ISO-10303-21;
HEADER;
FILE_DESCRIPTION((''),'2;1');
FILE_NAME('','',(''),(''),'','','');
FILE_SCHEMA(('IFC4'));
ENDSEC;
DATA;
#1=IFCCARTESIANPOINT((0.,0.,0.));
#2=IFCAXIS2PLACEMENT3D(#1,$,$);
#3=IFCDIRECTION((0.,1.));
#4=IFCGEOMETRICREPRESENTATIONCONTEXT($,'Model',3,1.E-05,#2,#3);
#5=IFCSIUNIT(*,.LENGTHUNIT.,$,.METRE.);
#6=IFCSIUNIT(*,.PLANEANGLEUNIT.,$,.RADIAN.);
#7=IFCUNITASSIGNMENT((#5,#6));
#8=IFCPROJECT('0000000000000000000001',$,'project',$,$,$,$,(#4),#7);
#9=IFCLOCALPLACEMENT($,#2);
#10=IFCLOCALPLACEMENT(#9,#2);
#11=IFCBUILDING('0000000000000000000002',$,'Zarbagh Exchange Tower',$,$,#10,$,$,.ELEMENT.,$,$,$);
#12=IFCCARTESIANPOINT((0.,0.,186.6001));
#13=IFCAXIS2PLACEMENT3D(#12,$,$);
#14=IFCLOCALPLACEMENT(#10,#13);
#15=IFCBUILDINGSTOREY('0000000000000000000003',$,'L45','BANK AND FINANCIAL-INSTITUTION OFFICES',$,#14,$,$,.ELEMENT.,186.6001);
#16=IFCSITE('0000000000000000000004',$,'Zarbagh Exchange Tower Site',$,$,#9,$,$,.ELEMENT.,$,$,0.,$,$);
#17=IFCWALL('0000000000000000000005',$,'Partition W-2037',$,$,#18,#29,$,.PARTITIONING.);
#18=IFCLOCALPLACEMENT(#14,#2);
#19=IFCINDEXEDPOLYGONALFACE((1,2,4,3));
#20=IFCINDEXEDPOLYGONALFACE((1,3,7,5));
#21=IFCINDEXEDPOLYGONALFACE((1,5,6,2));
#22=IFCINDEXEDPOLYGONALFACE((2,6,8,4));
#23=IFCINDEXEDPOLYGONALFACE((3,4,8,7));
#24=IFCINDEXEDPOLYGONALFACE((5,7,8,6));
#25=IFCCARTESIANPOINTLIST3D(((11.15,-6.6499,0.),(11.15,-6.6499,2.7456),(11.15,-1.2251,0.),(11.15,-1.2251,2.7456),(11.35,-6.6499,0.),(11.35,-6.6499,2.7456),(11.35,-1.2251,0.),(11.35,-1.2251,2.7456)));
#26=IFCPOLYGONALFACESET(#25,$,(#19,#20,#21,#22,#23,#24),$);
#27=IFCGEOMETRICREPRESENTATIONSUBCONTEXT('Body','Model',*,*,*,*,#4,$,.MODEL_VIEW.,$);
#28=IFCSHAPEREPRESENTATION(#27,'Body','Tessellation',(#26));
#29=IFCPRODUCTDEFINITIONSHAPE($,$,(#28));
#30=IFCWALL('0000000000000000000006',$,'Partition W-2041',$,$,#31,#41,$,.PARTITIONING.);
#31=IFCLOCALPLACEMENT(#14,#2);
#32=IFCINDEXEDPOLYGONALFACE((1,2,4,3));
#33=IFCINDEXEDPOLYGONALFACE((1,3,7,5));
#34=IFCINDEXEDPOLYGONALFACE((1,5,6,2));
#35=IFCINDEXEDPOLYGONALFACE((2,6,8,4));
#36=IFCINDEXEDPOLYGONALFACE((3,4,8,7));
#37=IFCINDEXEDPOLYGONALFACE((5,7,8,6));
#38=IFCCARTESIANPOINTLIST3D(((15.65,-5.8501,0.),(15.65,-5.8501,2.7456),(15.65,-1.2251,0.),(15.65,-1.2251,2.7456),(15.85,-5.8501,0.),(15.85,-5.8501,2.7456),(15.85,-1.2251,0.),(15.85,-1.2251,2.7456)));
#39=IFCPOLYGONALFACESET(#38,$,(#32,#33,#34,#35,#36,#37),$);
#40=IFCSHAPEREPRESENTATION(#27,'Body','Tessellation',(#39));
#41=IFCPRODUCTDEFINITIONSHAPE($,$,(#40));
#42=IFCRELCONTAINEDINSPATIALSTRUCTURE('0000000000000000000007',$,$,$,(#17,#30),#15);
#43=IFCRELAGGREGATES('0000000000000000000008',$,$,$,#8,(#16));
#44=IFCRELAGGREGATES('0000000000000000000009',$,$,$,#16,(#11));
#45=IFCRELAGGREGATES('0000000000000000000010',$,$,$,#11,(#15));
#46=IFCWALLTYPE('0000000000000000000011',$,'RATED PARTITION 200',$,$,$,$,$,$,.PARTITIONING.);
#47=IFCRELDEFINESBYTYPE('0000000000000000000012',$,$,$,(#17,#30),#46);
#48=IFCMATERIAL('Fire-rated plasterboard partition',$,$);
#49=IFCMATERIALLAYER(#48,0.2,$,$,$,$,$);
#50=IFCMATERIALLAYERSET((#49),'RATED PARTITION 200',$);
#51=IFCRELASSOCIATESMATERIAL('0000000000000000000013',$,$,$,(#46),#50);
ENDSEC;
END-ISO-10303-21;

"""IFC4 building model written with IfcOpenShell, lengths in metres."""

from ifc_helpers import new_model, si_unit, direction, frame, frame_2d, origin, place, context, subcontext, project, spatial, rectangle, extrude, material, layer, layer_set, type_object, element, save


model = new_model("IFC4")

# Units and contexts
model_context = context("Model", 3, precision=1e-05, world=origin(), true_north=direction((0.0, 1.0)))
body_context = subcontext(model_context, "Body", "Model", "MODEL_VIEW")
ifc_project = project(units=[si_unit("LENGTHUNIT", "METRE"), si_unit("PLANEANGLEUNIT", "RADIAN")], contexts=[model_context])

# Site, building, storey
site_placement = place(None, origin())
site = spatial("IfcSite", under=ifc_project, at=site_placement, Name="Zarbagh Exchange Tower Site", CompositionType="ELEMENT", RefElevation=0.0)
building_placement = place(site_placement, origin())
building = spatial("IfcBuilding", under=site, at=building_placement, Name="Zarbagh Exchange Tower", CompositionType="ELEMENT")
storey_placement = place(building_placement, frame((0.0, 0.0, 186.6001)))
storey = spatial("IfcBuildingStorey", under=building, at=storey_placement, Name="L45", Description="BANK AND FINANCIAL-INSTITUTION OFFICES", CompositionType="ELEMENT", Elevation=186.6001)

# Shared definitions
ifc_material_1 = material(Name="Fire-rated plasterboard partition")
ifc_layer = layer(ifc_material_1, 0.2)
ifc_layer_set = layer_set([ifc_layer], Name="RATED PARTITION 200")
wall_type = type_object("IfcWallType", Name="RATED PARTITION 200", PredefinedType="PARTITIONING", material=ifc_layer_set)

# Walls
wall_1_placement = place(storey_placement, frame((11.25, -6.6499, 0.0), z_axis=(0.0, 0.0, 1.0), x_axis=(0.0, 1.0, 0.0)))
element("IfcWall", 1, at=wall_1_placement, inside=storey, type_object=wall_type, Name="Partition W-2037", PredefinedType="PARTITIONING", context=body_context, shape_type="SweptSolid", body=[
    extrude(rectangle(XDim=5.4248, YDim=0.2, at=frame_2d((2.7124, 0.0))), origin(), (0.0, 0.0, 1.0), 2.7456),
])
wall_2_placement = place(storey_placement, frame((15.75, -5.8501, 0.0), z_axis=(0.0, 0.0, 1.0), x_axis=(0.0, 1.0, 0.0)))
element("IfcWall", 2, at=wall_2_placement, inside=storey, type_object=wall_type, Name="Partition W-2041", PredefinedType="PARTITIONING", context=body_context, shape_type="SweptSolid", body=[
    extrude(rectangle(XDim=4.625, YDim=0.2, at=frame_2d((2.3125, 0.0))), origin(), (0.0, 0.0, 1.0), 2.7456),
])

save(model, "model.ifc")
